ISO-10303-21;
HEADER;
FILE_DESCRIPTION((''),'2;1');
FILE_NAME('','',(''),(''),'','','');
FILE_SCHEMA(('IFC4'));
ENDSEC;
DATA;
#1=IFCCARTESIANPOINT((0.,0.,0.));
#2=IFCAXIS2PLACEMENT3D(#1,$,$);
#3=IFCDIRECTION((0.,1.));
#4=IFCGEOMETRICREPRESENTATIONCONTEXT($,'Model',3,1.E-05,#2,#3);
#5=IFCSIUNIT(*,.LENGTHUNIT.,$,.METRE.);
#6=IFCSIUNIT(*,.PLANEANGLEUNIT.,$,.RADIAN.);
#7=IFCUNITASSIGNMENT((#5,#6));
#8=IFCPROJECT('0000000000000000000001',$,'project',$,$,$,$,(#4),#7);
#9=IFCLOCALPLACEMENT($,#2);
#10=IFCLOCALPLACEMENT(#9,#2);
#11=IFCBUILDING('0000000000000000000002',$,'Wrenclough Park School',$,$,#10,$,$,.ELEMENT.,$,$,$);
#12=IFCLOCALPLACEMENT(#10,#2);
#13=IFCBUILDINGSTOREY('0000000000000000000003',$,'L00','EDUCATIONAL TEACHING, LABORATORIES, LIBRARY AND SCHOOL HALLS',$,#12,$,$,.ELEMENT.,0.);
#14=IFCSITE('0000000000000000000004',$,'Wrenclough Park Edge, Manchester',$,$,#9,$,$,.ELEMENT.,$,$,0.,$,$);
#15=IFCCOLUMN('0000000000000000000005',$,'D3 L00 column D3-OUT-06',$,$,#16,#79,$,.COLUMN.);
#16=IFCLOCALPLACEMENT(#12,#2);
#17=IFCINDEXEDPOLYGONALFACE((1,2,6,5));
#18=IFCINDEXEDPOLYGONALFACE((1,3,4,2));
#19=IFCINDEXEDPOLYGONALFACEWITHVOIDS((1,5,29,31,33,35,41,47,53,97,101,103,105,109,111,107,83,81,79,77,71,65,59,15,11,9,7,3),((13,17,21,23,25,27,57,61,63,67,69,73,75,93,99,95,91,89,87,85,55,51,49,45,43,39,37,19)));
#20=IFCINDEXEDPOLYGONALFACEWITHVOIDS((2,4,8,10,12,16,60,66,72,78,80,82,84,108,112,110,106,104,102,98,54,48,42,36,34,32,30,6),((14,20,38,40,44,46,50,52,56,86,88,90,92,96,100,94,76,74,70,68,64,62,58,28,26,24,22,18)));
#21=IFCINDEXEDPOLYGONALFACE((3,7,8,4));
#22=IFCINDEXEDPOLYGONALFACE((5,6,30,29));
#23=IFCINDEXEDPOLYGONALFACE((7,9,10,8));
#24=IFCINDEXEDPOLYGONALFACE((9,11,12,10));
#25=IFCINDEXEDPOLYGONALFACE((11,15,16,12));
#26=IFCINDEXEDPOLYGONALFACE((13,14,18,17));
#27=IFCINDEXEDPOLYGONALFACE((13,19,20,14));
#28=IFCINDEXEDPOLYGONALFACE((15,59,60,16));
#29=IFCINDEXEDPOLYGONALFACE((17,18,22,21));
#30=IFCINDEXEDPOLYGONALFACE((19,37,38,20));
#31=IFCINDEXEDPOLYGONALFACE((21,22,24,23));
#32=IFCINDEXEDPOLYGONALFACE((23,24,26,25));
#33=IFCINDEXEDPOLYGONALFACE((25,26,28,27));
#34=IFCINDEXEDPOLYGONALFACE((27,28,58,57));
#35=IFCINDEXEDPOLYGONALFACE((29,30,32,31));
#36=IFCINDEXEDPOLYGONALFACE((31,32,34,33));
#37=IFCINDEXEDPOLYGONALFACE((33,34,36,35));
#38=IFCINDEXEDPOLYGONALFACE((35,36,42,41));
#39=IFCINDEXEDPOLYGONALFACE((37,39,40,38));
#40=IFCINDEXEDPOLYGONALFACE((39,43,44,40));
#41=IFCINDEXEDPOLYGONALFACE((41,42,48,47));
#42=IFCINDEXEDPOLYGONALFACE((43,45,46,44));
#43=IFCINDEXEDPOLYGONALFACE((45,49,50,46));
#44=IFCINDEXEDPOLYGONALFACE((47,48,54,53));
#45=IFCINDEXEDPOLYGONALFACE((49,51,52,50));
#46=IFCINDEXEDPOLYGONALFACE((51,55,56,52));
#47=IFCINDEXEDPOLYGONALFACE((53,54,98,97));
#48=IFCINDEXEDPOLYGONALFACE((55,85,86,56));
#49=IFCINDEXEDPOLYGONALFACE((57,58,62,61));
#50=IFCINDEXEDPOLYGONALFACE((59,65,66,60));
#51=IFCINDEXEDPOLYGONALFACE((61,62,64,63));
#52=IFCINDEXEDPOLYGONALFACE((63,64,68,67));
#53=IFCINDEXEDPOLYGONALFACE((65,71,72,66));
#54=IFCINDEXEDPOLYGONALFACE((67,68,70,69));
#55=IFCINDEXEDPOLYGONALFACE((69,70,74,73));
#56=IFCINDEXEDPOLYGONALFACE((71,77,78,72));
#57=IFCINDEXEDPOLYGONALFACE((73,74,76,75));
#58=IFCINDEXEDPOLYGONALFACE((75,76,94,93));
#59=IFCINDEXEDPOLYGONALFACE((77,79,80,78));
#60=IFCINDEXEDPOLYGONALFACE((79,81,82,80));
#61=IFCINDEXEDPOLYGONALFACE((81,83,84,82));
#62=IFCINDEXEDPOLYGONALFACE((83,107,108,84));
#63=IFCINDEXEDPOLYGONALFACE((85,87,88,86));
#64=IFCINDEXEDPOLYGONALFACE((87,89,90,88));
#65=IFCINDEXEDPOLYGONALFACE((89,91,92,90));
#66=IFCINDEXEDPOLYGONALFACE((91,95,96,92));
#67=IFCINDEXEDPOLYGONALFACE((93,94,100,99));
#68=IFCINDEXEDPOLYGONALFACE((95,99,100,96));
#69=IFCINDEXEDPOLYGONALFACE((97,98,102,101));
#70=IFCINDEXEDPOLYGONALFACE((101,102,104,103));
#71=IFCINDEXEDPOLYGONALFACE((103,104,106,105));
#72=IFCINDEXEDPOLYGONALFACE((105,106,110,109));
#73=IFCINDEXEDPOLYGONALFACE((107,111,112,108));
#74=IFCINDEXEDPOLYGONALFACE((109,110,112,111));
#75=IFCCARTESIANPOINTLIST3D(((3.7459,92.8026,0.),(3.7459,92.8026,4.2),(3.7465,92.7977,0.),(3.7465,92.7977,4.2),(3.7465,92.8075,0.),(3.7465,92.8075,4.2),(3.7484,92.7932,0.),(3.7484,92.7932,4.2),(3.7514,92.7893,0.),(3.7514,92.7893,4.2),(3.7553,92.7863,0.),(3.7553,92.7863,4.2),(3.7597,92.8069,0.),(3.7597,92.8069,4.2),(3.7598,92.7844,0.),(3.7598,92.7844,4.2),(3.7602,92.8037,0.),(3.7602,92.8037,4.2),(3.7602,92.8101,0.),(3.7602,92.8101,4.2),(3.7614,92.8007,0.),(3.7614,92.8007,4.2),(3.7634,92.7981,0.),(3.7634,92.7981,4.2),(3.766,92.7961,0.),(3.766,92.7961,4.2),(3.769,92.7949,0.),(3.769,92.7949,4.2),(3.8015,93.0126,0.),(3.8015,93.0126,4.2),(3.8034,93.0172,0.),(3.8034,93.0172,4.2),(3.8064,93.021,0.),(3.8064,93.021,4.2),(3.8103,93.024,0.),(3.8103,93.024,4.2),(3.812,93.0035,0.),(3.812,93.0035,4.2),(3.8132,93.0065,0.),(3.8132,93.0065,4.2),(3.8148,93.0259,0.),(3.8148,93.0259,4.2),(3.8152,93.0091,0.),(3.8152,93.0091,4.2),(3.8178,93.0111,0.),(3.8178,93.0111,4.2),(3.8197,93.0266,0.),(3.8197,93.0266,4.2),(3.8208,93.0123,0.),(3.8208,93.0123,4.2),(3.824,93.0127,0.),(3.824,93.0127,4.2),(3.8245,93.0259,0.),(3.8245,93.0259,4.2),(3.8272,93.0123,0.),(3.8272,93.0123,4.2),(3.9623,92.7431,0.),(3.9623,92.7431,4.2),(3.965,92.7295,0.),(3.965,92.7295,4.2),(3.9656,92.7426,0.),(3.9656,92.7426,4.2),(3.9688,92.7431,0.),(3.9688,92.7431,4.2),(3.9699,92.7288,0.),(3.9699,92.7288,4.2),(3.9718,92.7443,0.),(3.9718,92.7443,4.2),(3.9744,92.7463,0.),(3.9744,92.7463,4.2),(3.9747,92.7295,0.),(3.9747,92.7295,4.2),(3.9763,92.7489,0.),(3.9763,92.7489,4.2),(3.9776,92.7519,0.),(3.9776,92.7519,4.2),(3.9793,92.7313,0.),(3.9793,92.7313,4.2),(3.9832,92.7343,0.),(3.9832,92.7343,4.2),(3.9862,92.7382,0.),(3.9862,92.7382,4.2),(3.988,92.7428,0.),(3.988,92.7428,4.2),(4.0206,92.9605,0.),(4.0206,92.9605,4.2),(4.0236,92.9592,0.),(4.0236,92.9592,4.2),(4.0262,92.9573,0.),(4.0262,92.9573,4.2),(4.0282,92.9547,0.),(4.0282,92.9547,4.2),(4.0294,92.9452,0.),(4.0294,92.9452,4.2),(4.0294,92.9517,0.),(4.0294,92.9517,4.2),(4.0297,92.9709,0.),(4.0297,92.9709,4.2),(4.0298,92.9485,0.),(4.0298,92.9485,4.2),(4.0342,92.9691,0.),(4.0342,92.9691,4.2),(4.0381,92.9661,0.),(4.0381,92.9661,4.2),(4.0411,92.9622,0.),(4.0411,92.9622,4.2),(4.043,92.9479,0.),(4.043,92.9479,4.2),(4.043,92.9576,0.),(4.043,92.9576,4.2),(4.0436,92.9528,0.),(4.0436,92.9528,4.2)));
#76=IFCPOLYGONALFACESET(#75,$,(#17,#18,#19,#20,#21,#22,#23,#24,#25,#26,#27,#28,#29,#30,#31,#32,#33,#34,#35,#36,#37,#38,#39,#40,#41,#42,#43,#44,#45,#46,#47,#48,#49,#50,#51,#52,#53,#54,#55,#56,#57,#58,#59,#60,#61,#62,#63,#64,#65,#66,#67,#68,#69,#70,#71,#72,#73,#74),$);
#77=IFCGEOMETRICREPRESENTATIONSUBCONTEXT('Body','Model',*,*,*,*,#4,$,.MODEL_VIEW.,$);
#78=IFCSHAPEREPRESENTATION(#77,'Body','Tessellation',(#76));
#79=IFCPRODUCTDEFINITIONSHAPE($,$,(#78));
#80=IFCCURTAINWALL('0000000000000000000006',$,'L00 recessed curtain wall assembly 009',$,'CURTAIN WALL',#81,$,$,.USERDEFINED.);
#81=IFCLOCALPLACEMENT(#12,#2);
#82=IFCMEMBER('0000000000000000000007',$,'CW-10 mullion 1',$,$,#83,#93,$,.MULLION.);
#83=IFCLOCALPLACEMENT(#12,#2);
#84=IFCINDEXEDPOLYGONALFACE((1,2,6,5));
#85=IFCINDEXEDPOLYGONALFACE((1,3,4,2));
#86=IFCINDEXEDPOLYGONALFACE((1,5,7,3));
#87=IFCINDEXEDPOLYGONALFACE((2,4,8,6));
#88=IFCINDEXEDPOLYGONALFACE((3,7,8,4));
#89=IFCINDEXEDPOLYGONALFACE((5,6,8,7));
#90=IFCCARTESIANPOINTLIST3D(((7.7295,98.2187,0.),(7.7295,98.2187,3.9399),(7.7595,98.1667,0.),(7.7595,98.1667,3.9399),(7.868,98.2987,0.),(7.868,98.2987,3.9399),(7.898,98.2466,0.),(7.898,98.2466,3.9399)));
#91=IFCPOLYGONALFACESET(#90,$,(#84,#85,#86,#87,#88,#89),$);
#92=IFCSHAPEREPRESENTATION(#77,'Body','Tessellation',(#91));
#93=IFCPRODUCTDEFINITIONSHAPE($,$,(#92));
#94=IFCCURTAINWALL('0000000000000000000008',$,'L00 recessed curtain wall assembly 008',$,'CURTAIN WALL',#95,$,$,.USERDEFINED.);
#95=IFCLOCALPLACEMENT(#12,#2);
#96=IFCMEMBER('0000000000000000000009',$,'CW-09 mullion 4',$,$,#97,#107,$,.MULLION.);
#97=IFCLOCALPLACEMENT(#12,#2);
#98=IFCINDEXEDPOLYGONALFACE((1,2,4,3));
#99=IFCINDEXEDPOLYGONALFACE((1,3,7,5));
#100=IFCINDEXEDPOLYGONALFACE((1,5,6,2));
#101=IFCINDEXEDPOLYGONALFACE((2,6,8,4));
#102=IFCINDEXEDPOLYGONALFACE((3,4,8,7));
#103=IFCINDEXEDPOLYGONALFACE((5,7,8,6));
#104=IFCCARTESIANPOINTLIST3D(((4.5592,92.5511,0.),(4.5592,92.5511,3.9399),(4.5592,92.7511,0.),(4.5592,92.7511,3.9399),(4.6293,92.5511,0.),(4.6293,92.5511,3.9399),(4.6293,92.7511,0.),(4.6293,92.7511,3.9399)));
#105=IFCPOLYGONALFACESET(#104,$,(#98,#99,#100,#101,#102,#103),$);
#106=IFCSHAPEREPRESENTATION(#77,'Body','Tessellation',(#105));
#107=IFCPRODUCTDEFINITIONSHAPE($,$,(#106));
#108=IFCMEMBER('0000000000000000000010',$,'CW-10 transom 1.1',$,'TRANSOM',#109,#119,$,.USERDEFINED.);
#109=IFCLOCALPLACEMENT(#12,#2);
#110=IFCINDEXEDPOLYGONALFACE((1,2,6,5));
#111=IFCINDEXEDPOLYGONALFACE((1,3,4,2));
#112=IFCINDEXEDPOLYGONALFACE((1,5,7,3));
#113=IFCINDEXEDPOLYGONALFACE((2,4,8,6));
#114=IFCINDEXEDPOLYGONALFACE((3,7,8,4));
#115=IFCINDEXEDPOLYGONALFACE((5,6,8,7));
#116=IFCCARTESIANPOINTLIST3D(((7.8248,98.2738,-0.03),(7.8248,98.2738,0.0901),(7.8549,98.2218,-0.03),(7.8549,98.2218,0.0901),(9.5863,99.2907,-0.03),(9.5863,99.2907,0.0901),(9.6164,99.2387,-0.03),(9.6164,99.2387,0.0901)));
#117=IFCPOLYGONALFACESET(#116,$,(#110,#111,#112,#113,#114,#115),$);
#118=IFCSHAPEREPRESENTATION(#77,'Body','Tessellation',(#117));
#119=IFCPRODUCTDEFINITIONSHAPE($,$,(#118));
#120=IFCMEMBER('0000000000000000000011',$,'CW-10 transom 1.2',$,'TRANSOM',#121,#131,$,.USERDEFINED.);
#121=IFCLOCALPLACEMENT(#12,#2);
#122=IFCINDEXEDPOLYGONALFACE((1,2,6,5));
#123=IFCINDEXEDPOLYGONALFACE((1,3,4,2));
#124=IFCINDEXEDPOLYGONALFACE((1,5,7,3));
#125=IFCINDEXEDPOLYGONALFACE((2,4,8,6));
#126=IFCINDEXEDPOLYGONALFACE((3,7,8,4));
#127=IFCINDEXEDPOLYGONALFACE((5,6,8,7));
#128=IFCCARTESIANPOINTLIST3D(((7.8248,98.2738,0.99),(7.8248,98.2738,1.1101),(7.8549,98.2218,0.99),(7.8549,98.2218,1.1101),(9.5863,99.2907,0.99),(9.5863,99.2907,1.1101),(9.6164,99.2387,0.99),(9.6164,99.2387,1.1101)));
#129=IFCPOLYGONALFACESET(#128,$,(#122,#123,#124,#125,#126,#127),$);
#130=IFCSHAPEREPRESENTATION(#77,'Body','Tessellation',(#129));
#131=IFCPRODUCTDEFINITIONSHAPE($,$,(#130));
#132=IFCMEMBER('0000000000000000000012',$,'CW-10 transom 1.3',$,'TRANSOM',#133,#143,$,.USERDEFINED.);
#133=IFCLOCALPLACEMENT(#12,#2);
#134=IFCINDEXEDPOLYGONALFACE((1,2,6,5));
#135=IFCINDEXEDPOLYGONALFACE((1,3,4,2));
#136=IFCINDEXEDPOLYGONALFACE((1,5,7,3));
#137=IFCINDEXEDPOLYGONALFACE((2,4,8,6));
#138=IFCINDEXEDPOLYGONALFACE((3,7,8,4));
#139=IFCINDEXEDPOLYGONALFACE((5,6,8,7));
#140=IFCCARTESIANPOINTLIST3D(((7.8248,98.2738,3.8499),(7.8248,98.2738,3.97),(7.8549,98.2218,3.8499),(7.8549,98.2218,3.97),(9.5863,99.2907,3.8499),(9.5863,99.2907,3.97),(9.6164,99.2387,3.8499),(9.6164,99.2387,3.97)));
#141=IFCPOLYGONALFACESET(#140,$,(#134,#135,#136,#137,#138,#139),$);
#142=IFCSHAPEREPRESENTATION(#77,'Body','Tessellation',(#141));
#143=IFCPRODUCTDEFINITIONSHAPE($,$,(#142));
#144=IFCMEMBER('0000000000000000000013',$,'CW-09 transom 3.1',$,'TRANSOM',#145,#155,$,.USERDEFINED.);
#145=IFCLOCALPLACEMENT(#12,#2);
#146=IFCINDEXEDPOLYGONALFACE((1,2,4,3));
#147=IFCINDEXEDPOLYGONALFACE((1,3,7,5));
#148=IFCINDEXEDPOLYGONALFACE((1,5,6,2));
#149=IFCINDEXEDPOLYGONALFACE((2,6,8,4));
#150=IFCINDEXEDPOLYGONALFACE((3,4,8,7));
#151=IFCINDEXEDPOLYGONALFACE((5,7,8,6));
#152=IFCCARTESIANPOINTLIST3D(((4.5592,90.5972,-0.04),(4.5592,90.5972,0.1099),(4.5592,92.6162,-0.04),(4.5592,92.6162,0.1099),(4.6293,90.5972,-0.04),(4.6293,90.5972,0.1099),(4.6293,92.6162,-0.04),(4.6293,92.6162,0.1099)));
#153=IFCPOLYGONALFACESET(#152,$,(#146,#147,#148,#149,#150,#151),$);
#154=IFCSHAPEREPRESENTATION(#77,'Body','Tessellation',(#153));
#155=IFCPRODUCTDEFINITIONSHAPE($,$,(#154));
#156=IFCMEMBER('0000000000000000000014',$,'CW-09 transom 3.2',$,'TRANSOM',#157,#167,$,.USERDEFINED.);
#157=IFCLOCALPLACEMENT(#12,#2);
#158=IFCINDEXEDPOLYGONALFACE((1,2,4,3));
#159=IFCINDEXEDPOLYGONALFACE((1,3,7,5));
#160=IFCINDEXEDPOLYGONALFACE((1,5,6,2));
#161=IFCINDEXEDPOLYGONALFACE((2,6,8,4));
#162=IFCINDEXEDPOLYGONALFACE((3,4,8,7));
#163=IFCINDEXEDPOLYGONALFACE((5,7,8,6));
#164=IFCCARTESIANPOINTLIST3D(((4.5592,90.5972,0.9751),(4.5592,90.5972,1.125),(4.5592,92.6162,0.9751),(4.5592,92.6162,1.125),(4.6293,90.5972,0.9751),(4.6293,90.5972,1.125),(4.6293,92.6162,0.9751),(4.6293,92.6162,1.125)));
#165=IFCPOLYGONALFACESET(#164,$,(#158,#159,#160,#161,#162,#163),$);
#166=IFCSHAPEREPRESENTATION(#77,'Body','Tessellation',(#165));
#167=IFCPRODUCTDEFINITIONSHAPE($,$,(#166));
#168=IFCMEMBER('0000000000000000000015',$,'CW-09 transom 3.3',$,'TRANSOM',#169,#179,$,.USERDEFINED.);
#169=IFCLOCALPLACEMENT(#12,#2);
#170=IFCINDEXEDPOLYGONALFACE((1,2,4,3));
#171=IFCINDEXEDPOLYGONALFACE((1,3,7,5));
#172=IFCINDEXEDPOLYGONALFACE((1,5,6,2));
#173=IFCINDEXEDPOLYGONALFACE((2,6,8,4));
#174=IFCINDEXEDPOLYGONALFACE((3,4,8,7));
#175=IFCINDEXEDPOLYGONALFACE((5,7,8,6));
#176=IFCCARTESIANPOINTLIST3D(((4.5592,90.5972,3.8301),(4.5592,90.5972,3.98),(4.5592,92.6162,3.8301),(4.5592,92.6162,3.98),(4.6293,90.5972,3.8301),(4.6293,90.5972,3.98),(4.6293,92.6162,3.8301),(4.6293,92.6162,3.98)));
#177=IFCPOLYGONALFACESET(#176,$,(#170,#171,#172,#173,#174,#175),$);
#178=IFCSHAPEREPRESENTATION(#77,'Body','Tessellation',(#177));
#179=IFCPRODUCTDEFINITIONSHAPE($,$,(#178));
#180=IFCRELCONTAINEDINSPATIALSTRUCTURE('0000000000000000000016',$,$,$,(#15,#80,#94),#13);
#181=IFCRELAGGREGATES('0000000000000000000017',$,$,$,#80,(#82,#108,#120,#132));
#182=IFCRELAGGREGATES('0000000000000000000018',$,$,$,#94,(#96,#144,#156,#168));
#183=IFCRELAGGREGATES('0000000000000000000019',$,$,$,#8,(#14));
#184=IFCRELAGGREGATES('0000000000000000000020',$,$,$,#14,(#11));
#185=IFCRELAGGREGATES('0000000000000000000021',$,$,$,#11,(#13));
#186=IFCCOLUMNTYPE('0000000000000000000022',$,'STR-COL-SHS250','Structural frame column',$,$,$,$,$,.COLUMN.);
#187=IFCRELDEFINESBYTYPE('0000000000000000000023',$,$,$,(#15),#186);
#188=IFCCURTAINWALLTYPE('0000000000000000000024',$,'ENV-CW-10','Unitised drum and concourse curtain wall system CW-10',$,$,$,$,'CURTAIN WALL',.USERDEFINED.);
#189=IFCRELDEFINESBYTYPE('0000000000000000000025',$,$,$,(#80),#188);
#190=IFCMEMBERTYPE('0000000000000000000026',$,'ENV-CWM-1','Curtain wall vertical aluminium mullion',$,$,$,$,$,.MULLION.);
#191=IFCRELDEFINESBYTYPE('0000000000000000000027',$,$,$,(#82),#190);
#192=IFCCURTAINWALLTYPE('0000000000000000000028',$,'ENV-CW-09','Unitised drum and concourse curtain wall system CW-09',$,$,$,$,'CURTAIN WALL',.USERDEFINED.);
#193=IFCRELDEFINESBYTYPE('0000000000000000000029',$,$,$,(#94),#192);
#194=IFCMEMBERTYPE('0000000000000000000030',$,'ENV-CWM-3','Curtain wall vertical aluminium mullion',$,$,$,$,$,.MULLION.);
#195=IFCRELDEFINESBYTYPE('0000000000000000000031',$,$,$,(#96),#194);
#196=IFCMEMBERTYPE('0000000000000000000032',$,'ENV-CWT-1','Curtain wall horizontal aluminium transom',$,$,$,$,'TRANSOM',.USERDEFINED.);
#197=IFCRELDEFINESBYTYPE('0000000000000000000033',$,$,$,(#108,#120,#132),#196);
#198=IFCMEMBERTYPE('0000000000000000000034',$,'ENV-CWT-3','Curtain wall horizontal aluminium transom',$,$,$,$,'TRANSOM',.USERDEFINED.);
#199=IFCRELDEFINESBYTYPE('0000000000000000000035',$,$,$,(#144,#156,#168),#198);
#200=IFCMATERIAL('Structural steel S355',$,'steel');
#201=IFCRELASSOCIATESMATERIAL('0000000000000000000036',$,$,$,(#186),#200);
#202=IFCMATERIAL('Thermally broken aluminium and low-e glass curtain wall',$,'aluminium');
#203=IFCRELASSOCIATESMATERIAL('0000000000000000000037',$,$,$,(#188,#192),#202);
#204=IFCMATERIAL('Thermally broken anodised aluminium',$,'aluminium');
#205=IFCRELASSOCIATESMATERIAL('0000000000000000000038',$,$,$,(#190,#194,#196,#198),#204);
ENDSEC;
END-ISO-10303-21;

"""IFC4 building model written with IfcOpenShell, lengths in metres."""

from ifc_helpers import new_model, si_unit, direction, frame, origin, origin_2d, place, context, subcontext, project, spatial, rectangle, hollow_rectangle, extrude, material, material_profile, profile_set, type_object, element, aggregate, save


model = new_model("IFC4")

# Units and contexts
model_context = context("Model", 3, precision=1e-05, world=origin(), true_north=direction((0.0, 1.0)))
body_context = subcontext(model_context, "Body", "Model", "MODEL_VIEW")
ifc_project = project(units=[si_unit("LENGTHUNIT", "METRE"), si_unit("PLANEANGLEUNIT", "RADIAN")], contexts=[model_context])

# Site, building, storey
site_placement = place(None, origin())
site = spatial("IfcSite", under=ifc_project, at=site_placement, Name="Wrenclough Park Edge, Manchester", CompositionType="ELEMENT", RefElevation=0.0)
building_placement = place(site_placement, origin())
building = spatial("IfcBuilding", under=site, at=building_placement, Name="Wrenclough Park School", CompositionType="ELEMENT")
storey_placement = place(building_placement, origin())
storey = spatial("IfcBuildingStorey", under=building, at=storey_placement, Name="L00", Description="EDUCATIONAL TEACHING, LABORATORIES, LIBRARY AND SCHOOL HALLS", CompositionType="ELEMENT", Elevation=0.0)

# Column
ifc_material_1 = material(Name="Structural steel S355", Category="steel")
ifc_material_profile_1 = material_profile(ifc_material_1, hollow_rectangle(XDim=0.25, YDim=0.25, WallThickness=0.0125, InnerFilletRadius=0.0125, OuterFilletRadius=0.0188, at=origin_2d()), Name="SHS 250x250x12.5")
ifc_profile_set_1 = profile_set([ifc_material_profile_1], Name="Structural steel S355")
column_type = type_object("IfcColumnType", Name="STR-COL-SHS250", Description="Structural frame column", PredefinedType="COLUMN", material=ifc_profile_set_1)
column_placement = place(storey_placement, frame((3.8948, 92.8777, 0.0), z_axis=(0.0, 0.0, 1.0), x_axis=(-0.258819, -0.965926, 0.0)))
element("IfcColumn", 1, at=column_placement, inside=storey, type_object=column_type, Name="D3 L00 column D3-OUT-06", PredefinedType="COLUMN", context=body_context, shape_type="SweptSolid", body=[
    extrude(hollow_rectangle(XDim=0.25, YDim=0.25, WallThickness=0.0125, InnerFilletRadius=0.0125, OuterFilletRadius=0.0188, at=origin_2d()), origin(), (0.0, 0.0, 1.0), 4.2),
])

# Curtain walls, members
ifc_material_2 = material(Name="Thermally broken aluminium and low-e glass curtain wall", Category="aluminium")
curtain_wall_type_1 = type_object("IfcCurtainWallType", Name="ENV-CW-10", Description="Unitised drum and concourse curtain wall system CW-10", ElementType="CURTAIN WALL", PredefinedType="USERDEFINED", material=ifc_material_2)
curtain_wall_1_placement = place(storey_placement, origin())
curtain_wall_1 = element("IfcCurtainWall", 2, at=curtain_wall_1_placement, inside=storey, type_object=curtain_wall_type_1, Name="L00 recessed curtain wall assembly 009", ObjectType="CURTAIN WALL", PredefinedType="USERDEFINED")
ifc_material_3 = material(Name="Thermally broken anodised aluminium", Category="aluminium")
ifc_material_profile_2 = material_profile(ifc_material_3, rectangle(XDim=0.0601, YDim=0.1599, at=origin_2d()), Name="AL MULLION 60x160")
ifc_profile_set_2 = profile_set([ifc_material_profile_2], Name="Thermally broken anodised aluminium")
member_type_1 = type_object("IfcMemberType", Name="ENV-CWM-1", Description="Curtain wall vertical aluminium mullion", PredefinedType="MULLION", material=ifc_profile_set_2)
member_1_placement = place(storey_placement, frame((7.8137, 98.2327, 0.0), z_axis=(0.0, 0.0, 1.0), x_axis=(-0.499999, 0.866026, 0.0)))
member_1 = element("IfcMember", 3, at=member_1_placement, type_object=member_type_1, Name="CW-10 mullion 1", PredefinedType="MULLION", context=body_context, shape_type="SweptSolid", body=[
    extrude(rectangle(XDim=0.0601, YDim=0.1599, at=origin_2d()), origin(), (0.0, 0.0, 1.0), 3.9399),
])
curtain_wall_type_2 = type_object("IfcCurtainWallType", Name="ENV-CW-09", Description="Unitised drum and concourse curtain wall system CW-09", ElementType="CURTAIN WALL", PredefinedType="USERDEFINED", material=ifc_material_2)
curtain_wall_2_placement = place(storey_placement, origin())
curtain_wall_2 = element("IfcCurtainWall", 4, at=curtain_wall_2_placement, inside=storey, type_object=curtain_wall_type_2, Name="L00 recessed curtain wall assembly 008", ObjectType="CURTAIN WALL", PredefinedType="USERDEFINED")
ifc_material_profile_3 = material_profile(ifc_material_3, rectangle(XDim=0.0701, YDim=0.2, at=origin_2d()), Name="AL MULLION 70x200")
ifc_profile_set_3 = profile_set([ifc_material_profile_3], Name="Thermally broken anodised aluminium")
member_type_2 = type_object("IfcMemberType", Name="ENV-CWM-3", Description="Curtain wall vertical aluminium mullion", PredefinedType="MULLION", material=ifc_profile_set_3)
member_2_placement = place(storey_placement, frame((4.5942, 92.6511, 0.0), z_axis=(0.0, 0.0, 1.0), x_axis=(-1.0, 0.0, 0.0)))
member_2 = element("IfcMember", 5, at=member_2_placement, type_object=member_type_2, Name="CW-09 mullion 4", PredefinedType="MULLION", context=body_context, shape_type="SweptSolid", body=[
    extrude(rectangle(XDim=0.0701, YDim=0.2, at=origin_2d()), origin(), (0.0, 0.0, 1.0), 3.9399),
])

# Members
ifc_material_profile_4 = material_profile(ifc_material_3, rectangle(XDim=0.0601, YDim=0.1201, at=origin_2d()), Name="AL TRANSOM 60x120")
ifc_profile_set_4 = profile_set([ifc_material_profile_4], Name="Thermally broken anodised aluminium")
member_type_3 = type_object("IfcMemberType", Name="ENV-CWT-1", Description="Curtain wall horizontal aluminium transom", ElementType="TRANSOM", PredefinedType="USERDEFINED", material=ifc_profile_set_4)
member_3_placement = place(storey_placement, frame((7.8398, 98.2478, 0.03), z_axis=(0.866056, 0.499948, 0.0), x_axis=(-0.499948, 0.866056, 0.0)))
member_3 = element("IfcMember", 6, at=member_3_placement, type_object=member_type_3, Name="CW-10 transom 1.1", ObjectType="TRANSOM", PredefinedType="USERDEFINED", context=body_context, shape_type="SweptSolid", body=[
    extrude(rectangle(XDim=0.0601, YDim=0.1201, at=origin_2d()), origin(), (0.0, 0.0, 1.0), 2.0339),
])
member_4_placement = place(storey_placement, frame((7.8398, 98.2478, 1.05), z_axis=(0.866056, 0.499948, 0.0), x_axis=(-0.499948, 0.866056, 0.0)))
member_4 = element("IfcMember", 7, at=member_4_placement, type_object=member_type_3, Name="CW-10 transom 1.2", ObjectType="TRANSOM", PredefinedType="USERDEFINED", context=body_context, shape_type="SweptSolid", body=[
    extrude(rectangle(XDim=0.0601, YDim=0.1201, at=origin_2d()), origin(), (0.0, 0.0, 1.0), 2.0339),
])
member_5_placement = place(storey_placement, frame((7.8398, 98.2478, 3.9099), z_axis=(0.866056, 0.499948, 0.0), x_axis=(-0.499948, 0.866056, 0.0)))
member_5 = element("IfcMember", 8, at=member_5_placement, type_object=member_type_3, Name="CW-10 transom 1.3", ObjectType="TRANSOM", PredefinedType="USERDEFINED", context=body_context, shape_type="SweptSolid", body=[
    extrude(rectangle(XDim=0.0601, YDim=0.1201, at=origin_2d()), origin(), (0.0, 0.0, 1.0), 2.0339),
])
aggregate(curtain_wall_1, [member_1, member_3, member_4, member_5])
ifc_material_profile_5 = material_profile(ifc_material_3, rectangle(XDim=0.0701, YDim=0.1499, at=origin_2d()), Name="AL TRANSOM 70x150")
ifc_profile_set_5 = profile_set([ifc_material_profile_5], Name="Thermally broken anodised aluminium")
member_type_4 = type_object("IfcMemberType", Name="ENV-CWT-3", Description="Curtain wall horizontal aluminium transom", ElementType="TRANSOM", PredefinedType="USERDEFINED", material=ifc_profile_set_5)
member_6_placement = place(storey_placement, frame((4.5942, 90.5972, 0.0349), z_axis=(0.0, 1.0, 0.0), x_axis=(-1.0, 0.0, 0.0)))
member_6 = element("IfcMember", 9, at=member_6_placement, type_object=member_type_4, Name="CW-09 transom 3.1", ObjectType="TRANSOM", PredefinedType="USERDEFINED", context=body_context, shape_type="SweptSolid", body=[
    extrude(rectangle(XDim=0.0701, YDim=0.1499, at=origin_2d()), origin(), (0.0, 0.0, 1.0), 2.019),
])
member_7_placement = place(storey_placement, frame((4.5942, 90.5972, 1.05), z_axis=(0.0, 1.0, 0.0), x_axis=(-1.0, 0.0, 0.0)))
member_7 = element("IfcMember", 10, at=member_7_placement, type_object=member_type_4, Name="CW-09 transom 3.2", ObjectType="TRANSOM", PredefinedType="USERDEFINED", context=body_context, shape_type="SweptSolid", body=[
    extrude(rectangle(XDim=0.0701, YDim=0.1499, at=origin_2d()), origin(), (0.0, 0.0, 1.0), 2.019),
])
member_8_placement = place(storey_placement, frame((4.5942, 90.5972, 3.905), z_axis=(0.0, 1.0, 0.0), x_axis=(-1.0, 0.0, 0.0)))
member_8 = element("IfcMember", 11, at=member_8_placement, type_object=member_type_4, Name="CW-09 transom 3.3", ObjectType="TRANSOM", PredefinedType="USERDEFINED", context=body_context, shape_type="SweptSolid", body=[
    extrude(rectangle(XDim=0.0701, YDim=0.1499, at=origin_2d()), origin(), (0.0, 0.0, 1.0), 2.019),
])

aggregate(curtain_wall_2, [member_2, member_6, member_7, member_8])

save(model, "model.ifc")
